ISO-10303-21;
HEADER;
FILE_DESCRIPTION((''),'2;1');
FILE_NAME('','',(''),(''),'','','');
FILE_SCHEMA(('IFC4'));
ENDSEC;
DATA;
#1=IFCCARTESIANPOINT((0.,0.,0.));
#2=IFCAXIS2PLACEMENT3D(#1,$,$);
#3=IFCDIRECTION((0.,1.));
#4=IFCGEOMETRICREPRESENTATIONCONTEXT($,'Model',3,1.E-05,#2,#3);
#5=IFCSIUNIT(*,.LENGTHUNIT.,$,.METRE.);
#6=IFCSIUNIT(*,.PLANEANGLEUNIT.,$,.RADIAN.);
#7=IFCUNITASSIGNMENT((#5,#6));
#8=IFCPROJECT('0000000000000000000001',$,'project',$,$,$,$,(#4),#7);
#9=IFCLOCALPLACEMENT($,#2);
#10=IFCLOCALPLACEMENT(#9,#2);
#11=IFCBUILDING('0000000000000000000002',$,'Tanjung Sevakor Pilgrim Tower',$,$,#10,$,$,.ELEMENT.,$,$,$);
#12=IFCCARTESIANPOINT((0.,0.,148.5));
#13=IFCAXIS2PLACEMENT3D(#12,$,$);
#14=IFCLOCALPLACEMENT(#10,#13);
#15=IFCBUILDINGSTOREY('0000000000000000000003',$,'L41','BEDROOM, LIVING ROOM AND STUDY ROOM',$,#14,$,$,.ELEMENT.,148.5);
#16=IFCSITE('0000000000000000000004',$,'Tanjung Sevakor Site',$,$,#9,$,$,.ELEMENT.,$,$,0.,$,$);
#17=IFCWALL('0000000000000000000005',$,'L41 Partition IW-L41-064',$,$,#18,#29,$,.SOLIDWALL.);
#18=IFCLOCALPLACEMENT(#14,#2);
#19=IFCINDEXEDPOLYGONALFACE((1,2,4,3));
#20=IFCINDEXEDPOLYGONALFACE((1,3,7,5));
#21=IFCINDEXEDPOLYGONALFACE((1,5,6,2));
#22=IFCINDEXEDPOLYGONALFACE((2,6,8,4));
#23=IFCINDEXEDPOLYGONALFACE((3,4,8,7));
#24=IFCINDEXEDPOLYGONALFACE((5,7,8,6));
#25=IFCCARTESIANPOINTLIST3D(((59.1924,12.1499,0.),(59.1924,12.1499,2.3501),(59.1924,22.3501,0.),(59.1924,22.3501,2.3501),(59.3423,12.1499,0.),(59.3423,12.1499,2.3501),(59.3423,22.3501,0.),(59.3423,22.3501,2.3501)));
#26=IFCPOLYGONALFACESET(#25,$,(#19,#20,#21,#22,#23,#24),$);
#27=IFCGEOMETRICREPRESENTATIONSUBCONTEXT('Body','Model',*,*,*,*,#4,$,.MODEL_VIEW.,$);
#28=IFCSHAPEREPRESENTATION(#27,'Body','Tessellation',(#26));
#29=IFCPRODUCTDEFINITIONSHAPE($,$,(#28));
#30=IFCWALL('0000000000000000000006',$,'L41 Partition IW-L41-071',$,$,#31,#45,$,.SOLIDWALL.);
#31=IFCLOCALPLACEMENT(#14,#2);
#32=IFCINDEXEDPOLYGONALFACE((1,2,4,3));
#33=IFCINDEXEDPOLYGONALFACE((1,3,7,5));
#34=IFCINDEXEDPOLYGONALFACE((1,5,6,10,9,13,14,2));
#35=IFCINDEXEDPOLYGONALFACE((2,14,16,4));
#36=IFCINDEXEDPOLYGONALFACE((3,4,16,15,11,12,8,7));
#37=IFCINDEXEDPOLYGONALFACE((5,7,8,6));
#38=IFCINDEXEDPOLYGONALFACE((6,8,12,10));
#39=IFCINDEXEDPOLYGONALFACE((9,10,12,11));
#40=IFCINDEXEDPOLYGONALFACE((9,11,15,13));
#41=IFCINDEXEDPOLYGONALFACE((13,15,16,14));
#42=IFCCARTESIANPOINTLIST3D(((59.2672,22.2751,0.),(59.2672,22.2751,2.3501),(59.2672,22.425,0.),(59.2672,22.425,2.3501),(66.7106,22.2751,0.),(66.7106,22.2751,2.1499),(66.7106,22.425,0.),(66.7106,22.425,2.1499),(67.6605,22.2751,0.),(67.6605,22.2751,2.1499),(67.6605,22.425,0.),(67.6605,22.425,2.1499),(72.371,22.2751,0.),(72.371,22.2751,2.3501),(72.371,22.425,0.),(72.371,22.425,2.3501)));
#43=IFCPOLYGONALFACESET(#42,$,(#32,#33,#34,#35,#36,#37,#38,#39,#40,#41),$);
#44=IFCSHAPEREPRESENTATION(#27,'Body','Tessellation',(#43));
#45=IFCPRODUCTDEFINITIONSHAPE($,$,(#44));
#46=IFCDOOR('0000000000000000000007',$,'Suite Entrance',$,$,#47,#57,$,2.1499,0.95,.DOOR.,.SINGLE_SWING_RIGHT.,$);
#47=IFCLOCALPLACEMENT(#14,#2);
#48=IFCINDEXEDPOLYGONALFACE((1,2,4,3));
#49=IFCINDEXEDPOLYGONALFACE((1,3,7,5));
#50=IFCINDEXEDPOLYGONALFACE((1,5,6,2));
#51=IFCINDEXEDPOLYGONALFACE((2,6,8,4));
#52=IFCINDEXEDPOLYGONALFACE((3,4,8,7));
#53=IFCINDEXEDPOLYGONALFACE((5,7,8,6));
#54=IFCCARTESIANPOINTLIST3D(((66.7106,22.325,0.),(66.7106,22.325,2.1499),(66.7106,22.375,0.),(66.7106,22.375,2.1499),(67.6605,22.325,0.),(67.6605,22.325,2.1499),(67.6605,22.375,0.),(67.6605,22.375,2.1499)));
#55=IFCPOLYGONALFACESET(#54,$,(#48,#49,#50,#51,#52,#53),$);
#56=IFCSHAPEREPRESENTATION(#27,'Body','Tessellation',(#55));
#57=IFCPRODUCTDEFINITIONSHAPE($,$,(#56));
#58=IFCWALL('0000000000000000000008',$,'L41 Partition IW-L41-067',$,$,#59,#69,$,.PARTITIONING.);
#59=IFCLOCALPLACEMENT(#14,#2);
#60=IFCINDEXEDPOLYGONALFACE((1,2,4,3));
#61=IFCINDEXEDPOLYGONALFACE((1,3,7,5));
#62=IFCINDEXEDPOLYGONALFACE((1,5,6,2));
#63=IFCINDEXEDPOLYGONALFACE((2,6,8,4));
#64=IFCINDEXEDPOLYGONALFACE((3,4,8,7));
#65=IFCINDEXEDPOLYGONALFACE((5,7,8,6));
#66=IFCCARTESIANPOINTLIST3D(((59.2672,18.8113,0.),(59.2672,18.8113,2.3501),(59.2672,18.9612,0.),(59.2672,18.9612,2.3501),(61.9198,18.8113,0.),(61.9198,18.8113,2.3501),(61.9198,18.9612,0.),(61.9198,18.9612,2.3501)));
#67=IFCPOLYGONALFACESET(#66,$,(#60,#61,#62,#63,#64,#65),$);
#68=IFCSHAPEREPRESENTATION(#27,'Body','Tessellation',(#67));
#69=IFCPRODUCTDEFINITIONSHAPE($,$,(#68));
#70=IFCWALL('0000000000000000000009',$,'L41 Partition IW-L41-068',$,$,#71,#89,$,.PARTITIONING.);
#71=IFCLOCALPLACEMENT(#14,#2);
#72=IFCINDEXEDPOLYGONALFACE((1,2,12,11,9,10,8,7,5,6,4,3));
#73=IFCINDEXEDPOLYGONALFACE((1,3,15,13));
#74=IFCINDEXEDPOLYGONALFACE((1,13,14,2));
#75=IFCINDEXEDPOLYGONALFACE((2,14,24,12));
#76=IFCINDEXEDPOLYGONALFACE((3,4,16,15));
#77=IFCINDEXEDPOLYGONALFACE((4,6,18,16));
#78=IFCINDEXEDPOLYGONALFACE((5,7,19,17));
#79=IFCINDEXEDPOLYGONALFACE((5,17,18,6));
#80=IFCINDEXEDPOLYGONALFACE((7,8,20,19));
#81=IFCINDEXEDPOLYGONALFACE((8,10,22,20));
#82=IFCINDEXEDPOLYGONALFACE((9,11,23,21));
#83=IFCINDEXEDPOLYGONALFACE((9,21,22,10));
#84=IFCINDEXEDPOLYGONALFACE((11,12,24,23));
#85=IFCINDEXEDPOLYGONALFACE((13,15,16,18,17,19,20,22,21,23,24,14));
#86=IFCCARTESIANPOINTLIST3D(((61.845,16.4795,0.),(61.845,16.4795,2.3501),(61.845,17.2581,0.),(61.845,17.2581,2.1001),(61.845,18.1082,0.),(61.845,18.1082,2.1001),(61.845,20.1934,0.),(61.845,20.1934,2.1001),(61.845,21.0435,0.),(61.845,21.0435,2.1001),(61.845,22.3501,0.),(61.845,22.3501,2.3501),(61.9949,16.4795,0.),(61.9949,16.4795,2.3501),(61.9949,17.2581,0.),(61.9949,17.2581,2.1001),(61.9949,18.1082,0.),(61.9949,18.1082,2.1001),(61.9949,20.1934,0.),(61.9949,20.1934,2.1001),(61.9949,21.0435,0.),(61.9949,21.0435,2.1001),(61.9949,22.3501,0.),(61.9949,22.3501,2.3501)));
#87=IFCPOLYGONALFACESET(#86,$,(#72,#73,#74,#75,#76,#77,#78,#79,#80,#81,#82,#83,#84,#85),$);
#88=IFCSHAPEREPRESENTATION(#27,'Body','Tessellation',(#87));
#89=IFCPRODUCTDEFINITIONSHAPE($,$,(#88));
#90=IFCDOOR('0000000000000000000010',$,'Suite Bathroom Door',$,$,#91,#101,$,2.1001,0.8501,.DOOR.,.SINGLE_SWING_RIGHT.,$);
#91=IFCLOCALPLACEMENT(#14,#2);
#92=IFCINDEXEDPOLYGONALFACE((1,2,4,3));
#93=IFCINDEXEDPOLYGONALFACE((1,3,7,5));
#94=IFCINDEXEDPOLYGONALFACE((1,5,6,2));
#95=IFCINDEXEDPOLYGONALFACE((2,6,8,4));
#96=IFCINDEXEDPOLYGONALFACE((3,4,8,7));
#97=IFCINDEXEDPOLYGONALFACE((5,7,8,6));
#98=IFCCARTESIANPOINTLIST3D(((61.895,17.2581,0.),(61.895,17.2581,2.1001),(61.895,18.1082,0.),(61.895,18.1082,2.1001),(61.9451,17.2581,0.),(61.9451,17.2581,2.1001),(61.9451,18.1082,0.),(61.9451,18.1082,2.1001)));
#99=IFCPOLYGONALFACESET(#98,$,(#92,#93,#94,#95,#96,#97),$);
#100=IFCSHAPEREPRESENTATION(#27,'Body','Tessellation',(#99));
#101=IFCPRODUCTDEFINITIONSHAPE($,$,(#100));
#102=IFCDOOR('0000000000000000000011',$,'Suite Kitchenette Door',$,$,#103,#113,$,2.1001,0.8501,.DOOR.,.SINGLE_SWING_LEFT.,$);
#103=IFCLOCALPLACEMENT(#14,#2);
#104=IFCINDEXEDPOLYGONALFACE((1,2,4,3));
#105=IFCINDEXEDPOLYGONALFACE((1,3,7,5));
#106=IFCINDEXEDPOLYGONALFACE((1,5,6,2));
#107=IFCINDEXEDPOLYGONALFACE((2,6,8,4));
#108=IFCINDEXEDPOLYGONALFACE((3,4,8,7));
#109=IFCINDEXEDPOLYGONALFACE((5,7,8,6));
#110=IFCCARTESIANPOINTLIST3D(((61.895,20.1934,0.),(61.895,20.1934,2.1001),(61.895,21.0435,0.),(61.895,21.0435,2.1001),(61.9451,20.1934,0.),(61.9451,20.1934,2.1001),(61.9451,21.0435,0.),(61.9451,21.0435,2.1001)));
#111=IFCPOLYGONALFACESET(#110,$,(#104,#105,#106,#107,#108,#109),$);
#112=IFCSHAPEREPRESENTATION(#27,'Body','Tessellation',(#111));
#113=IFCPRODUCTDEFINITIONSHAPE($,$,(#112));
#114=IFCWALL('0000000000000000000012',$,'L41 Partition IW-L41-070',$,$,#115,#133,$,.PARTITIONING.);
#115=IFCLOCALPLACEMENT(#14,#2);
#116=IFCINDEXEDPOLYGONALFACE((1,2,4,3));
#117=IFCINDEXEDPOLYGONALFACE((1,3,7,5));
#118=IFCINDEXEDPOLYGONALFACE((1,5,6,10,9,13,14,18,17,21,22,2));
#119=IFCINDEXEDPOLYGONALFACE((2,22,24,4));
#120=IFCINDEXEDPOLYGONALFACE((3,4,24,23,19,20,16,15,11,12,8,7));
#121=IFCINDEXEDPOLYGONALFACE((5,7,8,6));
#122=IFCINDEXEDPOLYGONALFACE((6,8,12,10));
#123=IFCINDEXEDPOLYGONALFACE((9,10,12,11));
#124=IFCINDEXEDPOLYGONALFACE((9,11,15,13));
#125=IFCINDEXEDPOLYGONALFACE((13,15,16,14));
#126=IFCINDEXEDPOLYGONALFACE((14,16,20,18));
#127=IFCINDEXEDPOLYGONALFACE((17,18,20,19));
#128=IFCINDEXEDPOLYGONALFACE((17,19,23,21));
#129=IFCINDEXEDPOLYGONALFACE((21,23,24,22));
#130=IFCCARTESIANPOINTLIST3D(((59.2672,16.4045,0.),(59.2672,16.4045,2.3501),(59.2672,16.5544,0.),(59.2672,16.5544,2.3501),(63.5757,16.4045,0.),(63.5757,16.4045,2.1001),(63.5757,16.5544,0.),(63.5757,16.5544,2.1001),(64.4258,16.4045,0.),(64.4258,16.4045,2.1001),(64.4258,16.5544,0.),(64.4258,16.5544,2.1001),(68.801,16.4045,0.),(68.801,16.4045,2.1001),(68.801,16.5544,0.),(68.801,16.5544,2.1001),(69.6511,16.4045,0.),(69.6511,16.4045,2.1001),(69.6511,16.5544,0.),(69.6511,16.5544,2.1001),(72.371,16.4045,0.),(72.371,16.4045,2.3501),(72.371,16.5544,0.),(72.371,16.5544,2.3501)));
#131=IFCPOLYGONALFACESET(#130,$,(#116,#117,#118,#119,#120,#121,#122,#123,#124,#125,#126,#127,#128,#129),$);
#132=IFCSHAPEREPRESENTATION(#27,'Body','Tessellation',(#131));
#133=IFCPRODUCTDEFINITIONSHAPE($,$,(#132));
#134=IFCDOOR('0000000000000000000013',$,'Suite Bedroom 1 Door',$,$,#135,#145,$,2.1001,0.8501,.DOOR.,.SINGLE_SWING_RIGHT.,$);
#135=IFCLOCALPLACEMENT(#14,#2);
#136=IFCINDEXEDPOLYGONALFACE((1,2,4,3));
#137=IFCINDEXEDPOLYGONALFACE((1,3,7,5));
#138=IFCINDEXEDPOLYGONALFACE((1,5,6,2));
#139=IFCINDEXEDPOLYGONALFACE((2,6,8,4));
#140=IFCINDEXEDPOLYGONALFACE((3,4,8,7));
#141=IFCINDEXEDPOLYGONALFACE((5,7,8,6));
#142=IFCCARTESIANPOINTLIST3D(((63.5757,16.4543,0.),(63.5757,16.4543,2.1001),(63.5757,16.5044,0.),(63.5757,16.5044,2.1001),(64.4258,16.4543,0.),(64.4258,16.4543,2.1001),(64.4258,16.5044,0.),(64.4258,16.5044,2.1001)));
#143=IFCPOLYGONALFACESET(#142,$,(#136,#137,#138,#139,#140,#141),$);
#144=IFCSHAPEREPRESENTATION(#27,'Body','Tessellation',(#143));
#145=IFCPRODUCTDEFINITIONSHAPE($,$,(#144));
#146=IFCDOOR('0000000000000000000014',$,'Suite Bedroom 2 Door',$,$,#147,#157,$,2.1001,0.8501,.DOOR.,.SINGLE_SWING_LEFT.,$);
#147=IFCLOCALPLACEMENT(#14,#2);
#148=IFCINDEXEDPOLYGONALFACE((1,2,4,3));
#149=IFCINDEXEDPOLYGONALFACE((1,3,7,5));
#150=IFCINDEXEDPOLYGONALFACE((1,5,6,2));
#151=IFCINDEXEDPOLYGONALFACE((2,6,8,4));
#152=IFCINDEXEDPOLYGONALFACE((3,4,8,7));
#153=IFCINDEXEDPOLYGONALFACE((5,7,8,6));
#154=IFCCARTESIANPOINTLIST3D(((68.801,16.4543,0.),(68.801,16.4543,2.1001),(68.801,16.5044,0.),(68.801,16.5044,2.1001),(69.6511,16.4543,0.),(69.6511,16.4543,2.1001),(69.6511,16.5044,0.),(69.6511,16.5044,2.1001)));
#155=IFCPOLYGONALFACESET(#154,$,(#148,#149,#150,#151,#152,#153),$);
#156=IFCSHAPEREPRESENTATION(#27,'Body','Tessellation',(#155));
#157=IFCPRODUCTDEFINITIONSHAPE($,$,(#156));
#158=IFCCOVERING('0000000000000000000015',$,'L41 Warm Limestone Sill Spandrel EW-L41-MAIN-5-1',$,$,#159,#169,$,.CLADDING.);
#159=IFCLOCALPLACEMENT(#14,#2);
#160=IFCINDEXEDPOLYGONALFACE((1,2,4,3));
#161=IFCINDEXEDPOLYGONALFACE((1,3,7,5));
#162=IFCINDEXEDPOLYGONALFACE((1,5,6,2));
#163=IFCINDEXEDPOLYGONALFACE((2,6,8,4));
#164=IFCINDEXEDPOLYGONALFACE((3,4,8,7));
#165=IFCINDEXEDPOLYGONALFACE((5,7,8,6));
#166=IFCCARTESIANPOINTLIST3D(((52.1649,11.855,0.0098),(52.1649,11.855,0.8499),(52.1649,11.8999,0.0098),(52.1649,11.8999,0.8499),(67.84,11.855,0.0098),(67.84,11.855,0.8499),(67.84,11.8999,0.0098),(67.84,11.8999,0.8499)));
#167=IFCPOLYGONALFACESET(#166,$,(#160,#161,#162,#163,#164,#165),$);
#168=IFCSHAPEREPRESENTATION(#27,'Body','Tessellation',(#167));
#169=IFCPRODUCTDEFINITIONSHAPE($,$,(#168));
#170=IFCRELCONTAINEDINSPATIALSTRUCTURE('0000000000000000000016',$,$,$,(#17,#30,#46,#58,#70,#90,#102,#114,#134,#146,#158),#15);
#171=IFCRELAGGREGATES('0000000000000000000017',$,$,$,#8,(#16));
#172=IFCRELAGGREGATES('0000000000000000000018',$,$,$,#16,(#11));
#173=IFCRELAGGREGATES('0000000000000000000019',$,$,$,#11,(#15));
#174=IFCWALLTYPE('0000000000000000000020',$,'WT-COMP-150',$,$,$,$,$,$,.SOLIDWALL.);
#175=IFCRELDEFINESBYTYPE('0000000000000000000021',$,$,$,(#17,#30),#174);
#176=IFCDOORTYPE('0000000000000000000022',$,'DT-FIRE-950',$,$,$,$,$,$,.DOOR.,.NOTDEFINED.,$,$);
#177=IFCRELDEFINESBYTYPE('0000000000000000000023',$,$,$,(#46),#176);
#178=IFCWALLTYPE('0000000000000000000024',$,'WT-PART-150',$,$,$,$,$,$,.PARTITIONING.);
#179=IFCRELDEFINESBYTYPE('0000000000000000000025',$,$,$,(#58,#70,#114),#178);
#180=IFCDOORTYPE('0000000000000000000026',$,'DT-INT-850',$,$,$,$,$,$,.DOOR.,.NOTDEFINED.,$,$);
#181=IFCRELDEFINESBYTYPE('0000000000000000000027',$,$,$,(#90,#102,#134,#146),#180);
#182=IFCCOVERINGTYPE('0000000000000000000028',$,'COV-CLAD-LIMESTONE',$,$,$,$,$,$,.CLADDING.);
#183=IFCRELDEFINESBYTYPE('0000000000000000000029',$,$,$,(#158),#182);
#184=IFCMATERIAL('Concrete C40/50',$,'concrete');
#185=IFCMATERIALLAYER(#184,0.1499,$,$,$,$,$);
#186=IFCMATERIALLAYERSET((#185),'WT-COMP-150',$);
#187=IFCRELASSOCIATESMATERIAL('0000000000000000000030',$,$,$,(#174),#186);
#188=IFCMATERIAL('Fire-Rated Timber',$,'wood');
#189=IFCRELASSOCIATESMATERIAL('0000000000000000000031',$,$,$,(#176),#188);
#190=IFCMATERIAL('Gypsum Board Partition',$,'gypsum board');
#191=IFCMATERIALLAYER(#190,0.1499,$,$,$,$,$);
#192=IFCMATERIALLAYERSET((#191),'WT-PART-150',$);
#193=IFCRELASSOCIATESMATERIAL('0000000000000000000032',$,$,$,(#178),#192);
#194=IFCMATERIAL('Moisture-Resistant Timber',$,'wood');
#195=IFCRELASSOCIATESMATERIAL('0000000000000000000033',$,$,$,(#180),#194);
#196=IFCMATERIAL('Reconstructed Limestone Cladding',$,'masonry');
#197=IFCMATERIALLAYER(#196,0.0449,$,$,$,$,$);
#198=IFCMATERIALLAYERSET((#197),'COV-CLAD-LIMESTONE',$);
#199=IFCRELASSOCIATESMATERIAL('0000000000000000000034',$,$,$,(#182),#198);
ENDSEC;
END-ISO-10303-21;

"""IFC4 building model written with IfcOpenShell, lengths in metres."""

from ifc_helpers import new_model, si_unit, direction, frame, frame_2d, origin, origin_2d, place, context, subcontext, project, spatial, rectangle, extrude, material, layer, layer_set, type_object, element, fill, save


model = new_model("IFC4")

# Units and contexts
model_context = context("Model", 3, precision=1e-05, world=origin(), true_north=direction((0.0, 1.0)))
body_context = subcontext(model_context, "Body", "Model", "MODEL_VIEW")
ifc_project = project(units=[si_unit("LENGTHUNIT", "METRE"), si_unit("PLANEANGLEUNIT", "RADIAN")], contexts=[model_context])

# Site, building, storey
site_placement = place(None, origin())
site = spatial("IfcSite", under=ifc_project, at=site_placement, Name="Tanjung Sevakor Site", CompositionType="ELEMENT", RefElevation=0.0)
building_placement = place(site_placement, origin())
building = spatial("IfcBuilding", under=site, at=building_placement, Name="Tanjung Sevakor Pilgrim Tower", CompositionType="ELEMENT")
storey_placement = place(building_placement, frame((0.0, 0.0, 148.5)))
storey = spatial("IfcBuildingStorey", under=building, at=storey_placement, Name="L41", Description="BEDROOM, LIVING ROOM AND STUDY ROOM", CompositionType="ELEMENT", Elevation=148.5)

# Wall
ifc_material_1 = material(Name="Concrete C40/50", Category="concrete")
ifc_layer_1 = layer(ifc_material_1, 0.1499)
ifc_layer_set_1 = layer_set([ifc_layer_1], Name="WT-COMP-150")
wall_type_1 = type_object("IfcWallType", Name="WT-COMP-150", PredefinedType="SOLIDWALL", material=ifc_layer_set_1)
wall_1_placement = place(storey_placement, frame((59.2673, 12.1499, 0.0), z_axis=(0.0, 0.0, 1.0), x_axis=(0.0, 1.0, 0.0)))
element("IfcWall", 1, at=wall_1_placement, inside=storey, type_object=wall_type_1, Name="L41 Partition IW-L41-064", PredefinedType="SOLIDWALL", context=body_context, shape_type="SweptSolid", body=[
    extrude(rectangle(XDim=10.2002, YDim=0.1499, at=frame_2d((5.1001, 0.0))), origin(), (0.0, 0.0, 1.0), 2.3501),
])

# Wall, opening, door
wall_2_placement = place(storey_placement, frame((59.2673, 22.3501, 0.0), z_axis=(0.0, 0.0, 1.0), x_axis=(1.0, 0.0, 0.0)))
wall_2 = element("IfcWall", 2, at=wall_2_placement, inside=storey, type_object=wall_type_1, Name="L41 Partition IW-L41-071", PredefinedType="SOLIDWALL", context=body_context, shape_type="SweptSolid", body=[
    extrude(rectangle(XDim=13.1038, YDim=0.1499, at=frame_2d((6.5518, 0.0))), origin(), (0.0, 0.0, 1.0), 2.3501),
])
opening_1_placement = place(wall_2_placement, frame((7.4431, 0.0, 0.0)))
opening_1 = element("IfcOpeningElement", 3, at=opening_1_placement, cuts=wall_2, PredefinedType="OPENING", context=body_context, shape_type="SweptSolid", body=[
    extrude(rectangle(XDim=0.95, YDim=2.1499, at=frame_2d((0.4751, 1.075))), frame((0.0, 0.085, 0.0), z_axis=(0.0, -1.0, 0.0), x_axis=(1.0, 0.0, 0.0)), (0.0, 0.0, 1.0), 0.1699),
])
ifc_material_2 = material(Name="Fire-Rated Timber", Category="wood")
door_type_1 = type_object("IfcDoorType", Name="DT-FIRE-950", OperationType="NOTDEFINED", PredefinedType="DOOR", material=ifc_material_2)
door_1_placement = place(opening_1_placement, origin())
door_1 = element("IfcDoor", 4, at=door_1_placement, inside=storey, type_object=door_type_1, Name="Suite Entrance", OperationType="SINGLE_SWING_RIGHT", OverallHeight=2.1499, OverallWidth=0.95, PredefinedType="DOOR", context=body_context, shape_type="SweptSolid", body=[
    extrude(rectangle(XDim=0.95, YDim=2.1499, at=frame_2d((0.4751, 1.075))), frame((0.0, 0.0249, 0.0), z_axis=(0.0, -1.0, 0.0), x_axis=(1.0, 0.0, 0.0)), (0.0, 0.0, 1.0), 0.05),
])
fill(opening_1, door_1)

# Wall
ifc_material_3 = material(Name="Gypsum Board Partition", Category="gypsum board")
ifc_layer_2 = layer(ifc_material_3, 0.1499)
ifc_layer_set_2 = layer_set([ifc_layer_2], Name="WT-PART-150")
wall_type_2 = type_object("IfcWallType", Name="WT-PART-150", PredefinedType="PARTITIONING", material=ifc_layer_set_2)
wall_3_placement = place(storey_placement, frame((59.2673, 18.8862, 0.0), z_axis=(0.0, 0.0, 1.0), x_axis=(1.0, 0.0, 0.0)))
element("IfcWall", 5, at=wall_3_placement, inside=storey, type_object=wall_type_2, Name="L41 Partition IW-L41-067", PredefinedType="PARTITIONING", context=body_context, shape_type="SweptSolid", body=[
    extrude(rectangle(XDim=2.6526, YDim=0.1499, at=frame_2d((1.3262, 0.0))), origin(), (0.0, 0.0, 1.0), 2.3501),
])

# Walls, openings, doors
wall_4_placement = place(storey_placement, frame((61.9199, 16.4795, 0.0), z_axis=(0.0, 0.0, 1.0), x_axis=(0.0, 1.0, 0.0)))
wall_4 = element("IfcWall", 6, at=wall_4_placement, inside=storey, type_object=wall_type_2, Name="L41 Partition IW-L41-068", PredefinedType="PARTITIONING", context=body_context, shape_type="SweptSolid", body=[
    extrude(rectangle(XDim=5.8706, YDim=0.1499, at=frame_2d((2.9353, 0.0))), origin(), (0.0, 0.0, 1.0), 2.3501),
])
opening_2_placement = place(wall_4_placement, frame((0.7786, 0.0, 0.0)))
opening_2 = element("IfcOpeningElement", 7, at=opening_2_placement, cuts=wall_4, PredefinedType="OPENING", context=body_context, shape_type="SweptSolid", body=[
    extrude(rectangle(XDim=0.8501, YDim=2.1001, at=frame_2d((0.425, 1.05))), frame((0.0, 0.085, 0.0), z_axis=(0.0, -1.0, 0.0), x_axis=(1.0, 0.0, 0.0)), (0.0, 0.0, 1.0), 0.1699),
])
opening_3_placement = place(wall_4_placement, frame((3.7139, 0.0, 0.0)))
opening_3 = element("IfcOpeningElement", 8, at=opening_3_placement, cuts=wall_4, PredefinedType="OPENING", context=body_context, shape_type="SweptSolid", body=[
    extrude(rectangle(XDim=0.8501, YDim=2.1001, at=frame_2d((0.425, 1.05))), frame((0.0, 0.085, 0.0), z_axis=(0.0, -1.0, 0.0), x_axis=(1.0, 0.0, 0.0)), (0.0, 0.0, 1.0), 0.1699),
])
ifc_material_4 = material(Name="Moisture-Resistant Timber", Category="wood")
door_type_2 = type_object("IfcDoorType", Name="DT-INT-850", OperationType="NOTDEFINED", PredefinedType="DOOR", material=ifc_material_4)
door_2_placement = place(opening_2_placement, origin())
door_2 = element("IfcDoor", 9, at=door_2_placement, inside=storey, type_object=door_type_2, Name="Suite Bathroom Door", OperationType="SINGLE_SWING_RIGHT", OverallHeight=2.1001, OverallWidth=0.8501, PredefinedType="DOOR", context=body_context, shape_type="SweptSolid", body=[
    extrude(rectangle(XDim=0.8501, YDim=2.1001, at=frame_2d((0.425, 1.05))), frame((0.0, 0.0249, 0.0), z_axis=(0.0, -1.0, 0.0), x_axis=(1.0, 0.0, 0.0)), (0.0, 0.0, 1.0), 0.05),
])
fill(opening_2, door_2)
door_3_placement = place(opening_3_placement, origin())
door_3 = element("IfcDoor", 10, at=door_3_placement, inside=storey, type_object=door_type_2, Name="Suite Kitchenette Door", OperationType="SINGLE_SWING_LEFT", OverallHeight=2.1001, OverallWidth=0.8501, PredefinedType="DOOR", context=body_context, shape_type="SweptSolid", body=[
    extrude(rectangle(XDim=0.8501, YDim=2.1001, at=frame_2d((0.425, 1.05))), frame((0.0, 0.0249, 0.0), z_axis=(0.0, -1.0, 0.0), x_axis=(1.0, 0.0, 0.0)), (0.0, 0.0, 1.0), 0.05),
])
fill(opening_3, door_3)
wall_5_placement = place(storey_placement, frame((59.2673, 16.4795, 0.0), z_axis=(0.0, 0.0, 1.0), x_axis=(1.0, 0.0, 0.0)))
wall_5 = element("IfcWall", 11, at=wall_5_placement, inside=storey, type_object=wall_type_2, Name="L41 Partition IW-L41-070", PredefinedType="PARTITIONING", context=body_context, shape_type="SweptSolid", body=[
    extrude(rectangle(XDim=13.1038, YDim=0.1499, at=frame_2d((6.5518, 0.0))), origin(), (0.0, 0.0, 1.0), 2.3501),
])
opening_4_placement = place(wall_5_placement, frame((4.3083, 0.0, 0.0)))
opening_4 = element("IfcOpeningElement", 12, at=opening_4_placement, cuts=wall_5, PredefinedType="OPENING", context=body_context, shape_type="SweptSolid", body=[
    extrude(rectangle(XDim=0.8501, YDim=2.1001, at=frame_2d((0.425, 1.05))), frame((0.0, 0.085, 0.0), z_axis=(0.0, -1.0, 0.0), x_axis=(1.0, 0.0, 0.0)), (0.0, 0.0, 1.0), 0.1699),
])
opening_5_placement = place(wall_5_placement, frame((9.5337, 0.0, 0.0)))
opening_5 = element("IfcOpeningElement", 13, at=opening_5_placement, cuts=wall_5, PredefinedType="OPENING", context=body_context, shape_type="SweptSolid", body=[
    extrude(rectangle(XDim=0.8501, YDim=2.1001, at=frame_2d((0.425, 1.05))), frame((0.0, 0.085, 0.0), z_axis=(0.0, -1.0, 0.0), x_axis=(1.0, 0.0, 0.0)), (0.0, 0.0, 1.0), 0.1699),
])
door_4_placement = place(opening_4_placement, origin())
door_4 = element("IfcDoor", 14, at=door_4_placement, inside=storey, type_object=door_type_2, Name="Suite Bedroom 1 Door", OperationType="SINGLE_SWING_RIGHT", OverallHeight=2.1001, OverallWidth=0.8501, PredefinedType="DOOR", context=body_context, shape_type="SweptSolid", body=[
    extrude(rectangle(XDim=0.8501, YDim=2.1001, at=frame_2d((0.425, 1.05))), frame((0.0, 0.0249, 0.0), z_axis=(0.0, -1.0, 0.0), x_axis=(1.0, 0.0, 0.0)), (0.0, 0.0, 1.0), 0.05),
])
fill(opening_4, door_4)
door_5_placement = place(opening_5_placement, origin())
door_5 = element("IfcDoor", 15, at=door_5_placement, inside=storey, type_object=door_type_2, Name="Suite Bedroom 2 Door", OperationType="SINGLE_SWING_LEFT", OverallHeight=2.1001, OverallWidth=0.8501, PredefinedType="DOOR", context=body_context, shape_type="SweptSolid", body=[
    extrude(rectangle(XDim=0.8501, YDim=2.1001, at=frame_2d((0.425, 1.05))), frame((0.0, 0.0249, 0.0), z_axis=(0.0, -1.0, 0.0), x_axis=(1.0, 0.0, 0.0)), (0.0, 0.0, 1.0), 0.05),
])
fill(opening_5, door_5)

# Covering
ifc_material_5 = material(Name="Reconstructed Limestone Cladding", Category="masonry")
ifc_layer_3 = layer(ifc_material_5, 0.0449)
ifc_layer_set_3 = layer_set([ifc_layer_3], Name="COV-CLAD-LIMESTONE")
covering_type = type_object("IfcCoveringType", Name="COV-CLAD-LIMESTONE", PredefinedType="CLADDING", material=ifc_layer_set_3)
covering_placement = place(storey_placement, frame((60.0024, 11.8774, 0.0098), z_axis=(0.0, 0.0, 1.0), x_axis=(1.0, 0.0, 0.0)))
element("IfcCovering", 16, at=covering_placement, inside=storey, type_object=covering_type, Name="L41 Warm Limestone Sill Spandrel EW-L41-MAIN-5-1", PredefinedType="CLADDING", context=body_context, shape_type="SweptSolid", body=[
    extrude(rectangle(XDim=15.675, YDim=0.0449, at=origin_2d()), origin(), (0.0, 0.0, 1.0), 0.8401),
])

save(model, "model.ifc")
